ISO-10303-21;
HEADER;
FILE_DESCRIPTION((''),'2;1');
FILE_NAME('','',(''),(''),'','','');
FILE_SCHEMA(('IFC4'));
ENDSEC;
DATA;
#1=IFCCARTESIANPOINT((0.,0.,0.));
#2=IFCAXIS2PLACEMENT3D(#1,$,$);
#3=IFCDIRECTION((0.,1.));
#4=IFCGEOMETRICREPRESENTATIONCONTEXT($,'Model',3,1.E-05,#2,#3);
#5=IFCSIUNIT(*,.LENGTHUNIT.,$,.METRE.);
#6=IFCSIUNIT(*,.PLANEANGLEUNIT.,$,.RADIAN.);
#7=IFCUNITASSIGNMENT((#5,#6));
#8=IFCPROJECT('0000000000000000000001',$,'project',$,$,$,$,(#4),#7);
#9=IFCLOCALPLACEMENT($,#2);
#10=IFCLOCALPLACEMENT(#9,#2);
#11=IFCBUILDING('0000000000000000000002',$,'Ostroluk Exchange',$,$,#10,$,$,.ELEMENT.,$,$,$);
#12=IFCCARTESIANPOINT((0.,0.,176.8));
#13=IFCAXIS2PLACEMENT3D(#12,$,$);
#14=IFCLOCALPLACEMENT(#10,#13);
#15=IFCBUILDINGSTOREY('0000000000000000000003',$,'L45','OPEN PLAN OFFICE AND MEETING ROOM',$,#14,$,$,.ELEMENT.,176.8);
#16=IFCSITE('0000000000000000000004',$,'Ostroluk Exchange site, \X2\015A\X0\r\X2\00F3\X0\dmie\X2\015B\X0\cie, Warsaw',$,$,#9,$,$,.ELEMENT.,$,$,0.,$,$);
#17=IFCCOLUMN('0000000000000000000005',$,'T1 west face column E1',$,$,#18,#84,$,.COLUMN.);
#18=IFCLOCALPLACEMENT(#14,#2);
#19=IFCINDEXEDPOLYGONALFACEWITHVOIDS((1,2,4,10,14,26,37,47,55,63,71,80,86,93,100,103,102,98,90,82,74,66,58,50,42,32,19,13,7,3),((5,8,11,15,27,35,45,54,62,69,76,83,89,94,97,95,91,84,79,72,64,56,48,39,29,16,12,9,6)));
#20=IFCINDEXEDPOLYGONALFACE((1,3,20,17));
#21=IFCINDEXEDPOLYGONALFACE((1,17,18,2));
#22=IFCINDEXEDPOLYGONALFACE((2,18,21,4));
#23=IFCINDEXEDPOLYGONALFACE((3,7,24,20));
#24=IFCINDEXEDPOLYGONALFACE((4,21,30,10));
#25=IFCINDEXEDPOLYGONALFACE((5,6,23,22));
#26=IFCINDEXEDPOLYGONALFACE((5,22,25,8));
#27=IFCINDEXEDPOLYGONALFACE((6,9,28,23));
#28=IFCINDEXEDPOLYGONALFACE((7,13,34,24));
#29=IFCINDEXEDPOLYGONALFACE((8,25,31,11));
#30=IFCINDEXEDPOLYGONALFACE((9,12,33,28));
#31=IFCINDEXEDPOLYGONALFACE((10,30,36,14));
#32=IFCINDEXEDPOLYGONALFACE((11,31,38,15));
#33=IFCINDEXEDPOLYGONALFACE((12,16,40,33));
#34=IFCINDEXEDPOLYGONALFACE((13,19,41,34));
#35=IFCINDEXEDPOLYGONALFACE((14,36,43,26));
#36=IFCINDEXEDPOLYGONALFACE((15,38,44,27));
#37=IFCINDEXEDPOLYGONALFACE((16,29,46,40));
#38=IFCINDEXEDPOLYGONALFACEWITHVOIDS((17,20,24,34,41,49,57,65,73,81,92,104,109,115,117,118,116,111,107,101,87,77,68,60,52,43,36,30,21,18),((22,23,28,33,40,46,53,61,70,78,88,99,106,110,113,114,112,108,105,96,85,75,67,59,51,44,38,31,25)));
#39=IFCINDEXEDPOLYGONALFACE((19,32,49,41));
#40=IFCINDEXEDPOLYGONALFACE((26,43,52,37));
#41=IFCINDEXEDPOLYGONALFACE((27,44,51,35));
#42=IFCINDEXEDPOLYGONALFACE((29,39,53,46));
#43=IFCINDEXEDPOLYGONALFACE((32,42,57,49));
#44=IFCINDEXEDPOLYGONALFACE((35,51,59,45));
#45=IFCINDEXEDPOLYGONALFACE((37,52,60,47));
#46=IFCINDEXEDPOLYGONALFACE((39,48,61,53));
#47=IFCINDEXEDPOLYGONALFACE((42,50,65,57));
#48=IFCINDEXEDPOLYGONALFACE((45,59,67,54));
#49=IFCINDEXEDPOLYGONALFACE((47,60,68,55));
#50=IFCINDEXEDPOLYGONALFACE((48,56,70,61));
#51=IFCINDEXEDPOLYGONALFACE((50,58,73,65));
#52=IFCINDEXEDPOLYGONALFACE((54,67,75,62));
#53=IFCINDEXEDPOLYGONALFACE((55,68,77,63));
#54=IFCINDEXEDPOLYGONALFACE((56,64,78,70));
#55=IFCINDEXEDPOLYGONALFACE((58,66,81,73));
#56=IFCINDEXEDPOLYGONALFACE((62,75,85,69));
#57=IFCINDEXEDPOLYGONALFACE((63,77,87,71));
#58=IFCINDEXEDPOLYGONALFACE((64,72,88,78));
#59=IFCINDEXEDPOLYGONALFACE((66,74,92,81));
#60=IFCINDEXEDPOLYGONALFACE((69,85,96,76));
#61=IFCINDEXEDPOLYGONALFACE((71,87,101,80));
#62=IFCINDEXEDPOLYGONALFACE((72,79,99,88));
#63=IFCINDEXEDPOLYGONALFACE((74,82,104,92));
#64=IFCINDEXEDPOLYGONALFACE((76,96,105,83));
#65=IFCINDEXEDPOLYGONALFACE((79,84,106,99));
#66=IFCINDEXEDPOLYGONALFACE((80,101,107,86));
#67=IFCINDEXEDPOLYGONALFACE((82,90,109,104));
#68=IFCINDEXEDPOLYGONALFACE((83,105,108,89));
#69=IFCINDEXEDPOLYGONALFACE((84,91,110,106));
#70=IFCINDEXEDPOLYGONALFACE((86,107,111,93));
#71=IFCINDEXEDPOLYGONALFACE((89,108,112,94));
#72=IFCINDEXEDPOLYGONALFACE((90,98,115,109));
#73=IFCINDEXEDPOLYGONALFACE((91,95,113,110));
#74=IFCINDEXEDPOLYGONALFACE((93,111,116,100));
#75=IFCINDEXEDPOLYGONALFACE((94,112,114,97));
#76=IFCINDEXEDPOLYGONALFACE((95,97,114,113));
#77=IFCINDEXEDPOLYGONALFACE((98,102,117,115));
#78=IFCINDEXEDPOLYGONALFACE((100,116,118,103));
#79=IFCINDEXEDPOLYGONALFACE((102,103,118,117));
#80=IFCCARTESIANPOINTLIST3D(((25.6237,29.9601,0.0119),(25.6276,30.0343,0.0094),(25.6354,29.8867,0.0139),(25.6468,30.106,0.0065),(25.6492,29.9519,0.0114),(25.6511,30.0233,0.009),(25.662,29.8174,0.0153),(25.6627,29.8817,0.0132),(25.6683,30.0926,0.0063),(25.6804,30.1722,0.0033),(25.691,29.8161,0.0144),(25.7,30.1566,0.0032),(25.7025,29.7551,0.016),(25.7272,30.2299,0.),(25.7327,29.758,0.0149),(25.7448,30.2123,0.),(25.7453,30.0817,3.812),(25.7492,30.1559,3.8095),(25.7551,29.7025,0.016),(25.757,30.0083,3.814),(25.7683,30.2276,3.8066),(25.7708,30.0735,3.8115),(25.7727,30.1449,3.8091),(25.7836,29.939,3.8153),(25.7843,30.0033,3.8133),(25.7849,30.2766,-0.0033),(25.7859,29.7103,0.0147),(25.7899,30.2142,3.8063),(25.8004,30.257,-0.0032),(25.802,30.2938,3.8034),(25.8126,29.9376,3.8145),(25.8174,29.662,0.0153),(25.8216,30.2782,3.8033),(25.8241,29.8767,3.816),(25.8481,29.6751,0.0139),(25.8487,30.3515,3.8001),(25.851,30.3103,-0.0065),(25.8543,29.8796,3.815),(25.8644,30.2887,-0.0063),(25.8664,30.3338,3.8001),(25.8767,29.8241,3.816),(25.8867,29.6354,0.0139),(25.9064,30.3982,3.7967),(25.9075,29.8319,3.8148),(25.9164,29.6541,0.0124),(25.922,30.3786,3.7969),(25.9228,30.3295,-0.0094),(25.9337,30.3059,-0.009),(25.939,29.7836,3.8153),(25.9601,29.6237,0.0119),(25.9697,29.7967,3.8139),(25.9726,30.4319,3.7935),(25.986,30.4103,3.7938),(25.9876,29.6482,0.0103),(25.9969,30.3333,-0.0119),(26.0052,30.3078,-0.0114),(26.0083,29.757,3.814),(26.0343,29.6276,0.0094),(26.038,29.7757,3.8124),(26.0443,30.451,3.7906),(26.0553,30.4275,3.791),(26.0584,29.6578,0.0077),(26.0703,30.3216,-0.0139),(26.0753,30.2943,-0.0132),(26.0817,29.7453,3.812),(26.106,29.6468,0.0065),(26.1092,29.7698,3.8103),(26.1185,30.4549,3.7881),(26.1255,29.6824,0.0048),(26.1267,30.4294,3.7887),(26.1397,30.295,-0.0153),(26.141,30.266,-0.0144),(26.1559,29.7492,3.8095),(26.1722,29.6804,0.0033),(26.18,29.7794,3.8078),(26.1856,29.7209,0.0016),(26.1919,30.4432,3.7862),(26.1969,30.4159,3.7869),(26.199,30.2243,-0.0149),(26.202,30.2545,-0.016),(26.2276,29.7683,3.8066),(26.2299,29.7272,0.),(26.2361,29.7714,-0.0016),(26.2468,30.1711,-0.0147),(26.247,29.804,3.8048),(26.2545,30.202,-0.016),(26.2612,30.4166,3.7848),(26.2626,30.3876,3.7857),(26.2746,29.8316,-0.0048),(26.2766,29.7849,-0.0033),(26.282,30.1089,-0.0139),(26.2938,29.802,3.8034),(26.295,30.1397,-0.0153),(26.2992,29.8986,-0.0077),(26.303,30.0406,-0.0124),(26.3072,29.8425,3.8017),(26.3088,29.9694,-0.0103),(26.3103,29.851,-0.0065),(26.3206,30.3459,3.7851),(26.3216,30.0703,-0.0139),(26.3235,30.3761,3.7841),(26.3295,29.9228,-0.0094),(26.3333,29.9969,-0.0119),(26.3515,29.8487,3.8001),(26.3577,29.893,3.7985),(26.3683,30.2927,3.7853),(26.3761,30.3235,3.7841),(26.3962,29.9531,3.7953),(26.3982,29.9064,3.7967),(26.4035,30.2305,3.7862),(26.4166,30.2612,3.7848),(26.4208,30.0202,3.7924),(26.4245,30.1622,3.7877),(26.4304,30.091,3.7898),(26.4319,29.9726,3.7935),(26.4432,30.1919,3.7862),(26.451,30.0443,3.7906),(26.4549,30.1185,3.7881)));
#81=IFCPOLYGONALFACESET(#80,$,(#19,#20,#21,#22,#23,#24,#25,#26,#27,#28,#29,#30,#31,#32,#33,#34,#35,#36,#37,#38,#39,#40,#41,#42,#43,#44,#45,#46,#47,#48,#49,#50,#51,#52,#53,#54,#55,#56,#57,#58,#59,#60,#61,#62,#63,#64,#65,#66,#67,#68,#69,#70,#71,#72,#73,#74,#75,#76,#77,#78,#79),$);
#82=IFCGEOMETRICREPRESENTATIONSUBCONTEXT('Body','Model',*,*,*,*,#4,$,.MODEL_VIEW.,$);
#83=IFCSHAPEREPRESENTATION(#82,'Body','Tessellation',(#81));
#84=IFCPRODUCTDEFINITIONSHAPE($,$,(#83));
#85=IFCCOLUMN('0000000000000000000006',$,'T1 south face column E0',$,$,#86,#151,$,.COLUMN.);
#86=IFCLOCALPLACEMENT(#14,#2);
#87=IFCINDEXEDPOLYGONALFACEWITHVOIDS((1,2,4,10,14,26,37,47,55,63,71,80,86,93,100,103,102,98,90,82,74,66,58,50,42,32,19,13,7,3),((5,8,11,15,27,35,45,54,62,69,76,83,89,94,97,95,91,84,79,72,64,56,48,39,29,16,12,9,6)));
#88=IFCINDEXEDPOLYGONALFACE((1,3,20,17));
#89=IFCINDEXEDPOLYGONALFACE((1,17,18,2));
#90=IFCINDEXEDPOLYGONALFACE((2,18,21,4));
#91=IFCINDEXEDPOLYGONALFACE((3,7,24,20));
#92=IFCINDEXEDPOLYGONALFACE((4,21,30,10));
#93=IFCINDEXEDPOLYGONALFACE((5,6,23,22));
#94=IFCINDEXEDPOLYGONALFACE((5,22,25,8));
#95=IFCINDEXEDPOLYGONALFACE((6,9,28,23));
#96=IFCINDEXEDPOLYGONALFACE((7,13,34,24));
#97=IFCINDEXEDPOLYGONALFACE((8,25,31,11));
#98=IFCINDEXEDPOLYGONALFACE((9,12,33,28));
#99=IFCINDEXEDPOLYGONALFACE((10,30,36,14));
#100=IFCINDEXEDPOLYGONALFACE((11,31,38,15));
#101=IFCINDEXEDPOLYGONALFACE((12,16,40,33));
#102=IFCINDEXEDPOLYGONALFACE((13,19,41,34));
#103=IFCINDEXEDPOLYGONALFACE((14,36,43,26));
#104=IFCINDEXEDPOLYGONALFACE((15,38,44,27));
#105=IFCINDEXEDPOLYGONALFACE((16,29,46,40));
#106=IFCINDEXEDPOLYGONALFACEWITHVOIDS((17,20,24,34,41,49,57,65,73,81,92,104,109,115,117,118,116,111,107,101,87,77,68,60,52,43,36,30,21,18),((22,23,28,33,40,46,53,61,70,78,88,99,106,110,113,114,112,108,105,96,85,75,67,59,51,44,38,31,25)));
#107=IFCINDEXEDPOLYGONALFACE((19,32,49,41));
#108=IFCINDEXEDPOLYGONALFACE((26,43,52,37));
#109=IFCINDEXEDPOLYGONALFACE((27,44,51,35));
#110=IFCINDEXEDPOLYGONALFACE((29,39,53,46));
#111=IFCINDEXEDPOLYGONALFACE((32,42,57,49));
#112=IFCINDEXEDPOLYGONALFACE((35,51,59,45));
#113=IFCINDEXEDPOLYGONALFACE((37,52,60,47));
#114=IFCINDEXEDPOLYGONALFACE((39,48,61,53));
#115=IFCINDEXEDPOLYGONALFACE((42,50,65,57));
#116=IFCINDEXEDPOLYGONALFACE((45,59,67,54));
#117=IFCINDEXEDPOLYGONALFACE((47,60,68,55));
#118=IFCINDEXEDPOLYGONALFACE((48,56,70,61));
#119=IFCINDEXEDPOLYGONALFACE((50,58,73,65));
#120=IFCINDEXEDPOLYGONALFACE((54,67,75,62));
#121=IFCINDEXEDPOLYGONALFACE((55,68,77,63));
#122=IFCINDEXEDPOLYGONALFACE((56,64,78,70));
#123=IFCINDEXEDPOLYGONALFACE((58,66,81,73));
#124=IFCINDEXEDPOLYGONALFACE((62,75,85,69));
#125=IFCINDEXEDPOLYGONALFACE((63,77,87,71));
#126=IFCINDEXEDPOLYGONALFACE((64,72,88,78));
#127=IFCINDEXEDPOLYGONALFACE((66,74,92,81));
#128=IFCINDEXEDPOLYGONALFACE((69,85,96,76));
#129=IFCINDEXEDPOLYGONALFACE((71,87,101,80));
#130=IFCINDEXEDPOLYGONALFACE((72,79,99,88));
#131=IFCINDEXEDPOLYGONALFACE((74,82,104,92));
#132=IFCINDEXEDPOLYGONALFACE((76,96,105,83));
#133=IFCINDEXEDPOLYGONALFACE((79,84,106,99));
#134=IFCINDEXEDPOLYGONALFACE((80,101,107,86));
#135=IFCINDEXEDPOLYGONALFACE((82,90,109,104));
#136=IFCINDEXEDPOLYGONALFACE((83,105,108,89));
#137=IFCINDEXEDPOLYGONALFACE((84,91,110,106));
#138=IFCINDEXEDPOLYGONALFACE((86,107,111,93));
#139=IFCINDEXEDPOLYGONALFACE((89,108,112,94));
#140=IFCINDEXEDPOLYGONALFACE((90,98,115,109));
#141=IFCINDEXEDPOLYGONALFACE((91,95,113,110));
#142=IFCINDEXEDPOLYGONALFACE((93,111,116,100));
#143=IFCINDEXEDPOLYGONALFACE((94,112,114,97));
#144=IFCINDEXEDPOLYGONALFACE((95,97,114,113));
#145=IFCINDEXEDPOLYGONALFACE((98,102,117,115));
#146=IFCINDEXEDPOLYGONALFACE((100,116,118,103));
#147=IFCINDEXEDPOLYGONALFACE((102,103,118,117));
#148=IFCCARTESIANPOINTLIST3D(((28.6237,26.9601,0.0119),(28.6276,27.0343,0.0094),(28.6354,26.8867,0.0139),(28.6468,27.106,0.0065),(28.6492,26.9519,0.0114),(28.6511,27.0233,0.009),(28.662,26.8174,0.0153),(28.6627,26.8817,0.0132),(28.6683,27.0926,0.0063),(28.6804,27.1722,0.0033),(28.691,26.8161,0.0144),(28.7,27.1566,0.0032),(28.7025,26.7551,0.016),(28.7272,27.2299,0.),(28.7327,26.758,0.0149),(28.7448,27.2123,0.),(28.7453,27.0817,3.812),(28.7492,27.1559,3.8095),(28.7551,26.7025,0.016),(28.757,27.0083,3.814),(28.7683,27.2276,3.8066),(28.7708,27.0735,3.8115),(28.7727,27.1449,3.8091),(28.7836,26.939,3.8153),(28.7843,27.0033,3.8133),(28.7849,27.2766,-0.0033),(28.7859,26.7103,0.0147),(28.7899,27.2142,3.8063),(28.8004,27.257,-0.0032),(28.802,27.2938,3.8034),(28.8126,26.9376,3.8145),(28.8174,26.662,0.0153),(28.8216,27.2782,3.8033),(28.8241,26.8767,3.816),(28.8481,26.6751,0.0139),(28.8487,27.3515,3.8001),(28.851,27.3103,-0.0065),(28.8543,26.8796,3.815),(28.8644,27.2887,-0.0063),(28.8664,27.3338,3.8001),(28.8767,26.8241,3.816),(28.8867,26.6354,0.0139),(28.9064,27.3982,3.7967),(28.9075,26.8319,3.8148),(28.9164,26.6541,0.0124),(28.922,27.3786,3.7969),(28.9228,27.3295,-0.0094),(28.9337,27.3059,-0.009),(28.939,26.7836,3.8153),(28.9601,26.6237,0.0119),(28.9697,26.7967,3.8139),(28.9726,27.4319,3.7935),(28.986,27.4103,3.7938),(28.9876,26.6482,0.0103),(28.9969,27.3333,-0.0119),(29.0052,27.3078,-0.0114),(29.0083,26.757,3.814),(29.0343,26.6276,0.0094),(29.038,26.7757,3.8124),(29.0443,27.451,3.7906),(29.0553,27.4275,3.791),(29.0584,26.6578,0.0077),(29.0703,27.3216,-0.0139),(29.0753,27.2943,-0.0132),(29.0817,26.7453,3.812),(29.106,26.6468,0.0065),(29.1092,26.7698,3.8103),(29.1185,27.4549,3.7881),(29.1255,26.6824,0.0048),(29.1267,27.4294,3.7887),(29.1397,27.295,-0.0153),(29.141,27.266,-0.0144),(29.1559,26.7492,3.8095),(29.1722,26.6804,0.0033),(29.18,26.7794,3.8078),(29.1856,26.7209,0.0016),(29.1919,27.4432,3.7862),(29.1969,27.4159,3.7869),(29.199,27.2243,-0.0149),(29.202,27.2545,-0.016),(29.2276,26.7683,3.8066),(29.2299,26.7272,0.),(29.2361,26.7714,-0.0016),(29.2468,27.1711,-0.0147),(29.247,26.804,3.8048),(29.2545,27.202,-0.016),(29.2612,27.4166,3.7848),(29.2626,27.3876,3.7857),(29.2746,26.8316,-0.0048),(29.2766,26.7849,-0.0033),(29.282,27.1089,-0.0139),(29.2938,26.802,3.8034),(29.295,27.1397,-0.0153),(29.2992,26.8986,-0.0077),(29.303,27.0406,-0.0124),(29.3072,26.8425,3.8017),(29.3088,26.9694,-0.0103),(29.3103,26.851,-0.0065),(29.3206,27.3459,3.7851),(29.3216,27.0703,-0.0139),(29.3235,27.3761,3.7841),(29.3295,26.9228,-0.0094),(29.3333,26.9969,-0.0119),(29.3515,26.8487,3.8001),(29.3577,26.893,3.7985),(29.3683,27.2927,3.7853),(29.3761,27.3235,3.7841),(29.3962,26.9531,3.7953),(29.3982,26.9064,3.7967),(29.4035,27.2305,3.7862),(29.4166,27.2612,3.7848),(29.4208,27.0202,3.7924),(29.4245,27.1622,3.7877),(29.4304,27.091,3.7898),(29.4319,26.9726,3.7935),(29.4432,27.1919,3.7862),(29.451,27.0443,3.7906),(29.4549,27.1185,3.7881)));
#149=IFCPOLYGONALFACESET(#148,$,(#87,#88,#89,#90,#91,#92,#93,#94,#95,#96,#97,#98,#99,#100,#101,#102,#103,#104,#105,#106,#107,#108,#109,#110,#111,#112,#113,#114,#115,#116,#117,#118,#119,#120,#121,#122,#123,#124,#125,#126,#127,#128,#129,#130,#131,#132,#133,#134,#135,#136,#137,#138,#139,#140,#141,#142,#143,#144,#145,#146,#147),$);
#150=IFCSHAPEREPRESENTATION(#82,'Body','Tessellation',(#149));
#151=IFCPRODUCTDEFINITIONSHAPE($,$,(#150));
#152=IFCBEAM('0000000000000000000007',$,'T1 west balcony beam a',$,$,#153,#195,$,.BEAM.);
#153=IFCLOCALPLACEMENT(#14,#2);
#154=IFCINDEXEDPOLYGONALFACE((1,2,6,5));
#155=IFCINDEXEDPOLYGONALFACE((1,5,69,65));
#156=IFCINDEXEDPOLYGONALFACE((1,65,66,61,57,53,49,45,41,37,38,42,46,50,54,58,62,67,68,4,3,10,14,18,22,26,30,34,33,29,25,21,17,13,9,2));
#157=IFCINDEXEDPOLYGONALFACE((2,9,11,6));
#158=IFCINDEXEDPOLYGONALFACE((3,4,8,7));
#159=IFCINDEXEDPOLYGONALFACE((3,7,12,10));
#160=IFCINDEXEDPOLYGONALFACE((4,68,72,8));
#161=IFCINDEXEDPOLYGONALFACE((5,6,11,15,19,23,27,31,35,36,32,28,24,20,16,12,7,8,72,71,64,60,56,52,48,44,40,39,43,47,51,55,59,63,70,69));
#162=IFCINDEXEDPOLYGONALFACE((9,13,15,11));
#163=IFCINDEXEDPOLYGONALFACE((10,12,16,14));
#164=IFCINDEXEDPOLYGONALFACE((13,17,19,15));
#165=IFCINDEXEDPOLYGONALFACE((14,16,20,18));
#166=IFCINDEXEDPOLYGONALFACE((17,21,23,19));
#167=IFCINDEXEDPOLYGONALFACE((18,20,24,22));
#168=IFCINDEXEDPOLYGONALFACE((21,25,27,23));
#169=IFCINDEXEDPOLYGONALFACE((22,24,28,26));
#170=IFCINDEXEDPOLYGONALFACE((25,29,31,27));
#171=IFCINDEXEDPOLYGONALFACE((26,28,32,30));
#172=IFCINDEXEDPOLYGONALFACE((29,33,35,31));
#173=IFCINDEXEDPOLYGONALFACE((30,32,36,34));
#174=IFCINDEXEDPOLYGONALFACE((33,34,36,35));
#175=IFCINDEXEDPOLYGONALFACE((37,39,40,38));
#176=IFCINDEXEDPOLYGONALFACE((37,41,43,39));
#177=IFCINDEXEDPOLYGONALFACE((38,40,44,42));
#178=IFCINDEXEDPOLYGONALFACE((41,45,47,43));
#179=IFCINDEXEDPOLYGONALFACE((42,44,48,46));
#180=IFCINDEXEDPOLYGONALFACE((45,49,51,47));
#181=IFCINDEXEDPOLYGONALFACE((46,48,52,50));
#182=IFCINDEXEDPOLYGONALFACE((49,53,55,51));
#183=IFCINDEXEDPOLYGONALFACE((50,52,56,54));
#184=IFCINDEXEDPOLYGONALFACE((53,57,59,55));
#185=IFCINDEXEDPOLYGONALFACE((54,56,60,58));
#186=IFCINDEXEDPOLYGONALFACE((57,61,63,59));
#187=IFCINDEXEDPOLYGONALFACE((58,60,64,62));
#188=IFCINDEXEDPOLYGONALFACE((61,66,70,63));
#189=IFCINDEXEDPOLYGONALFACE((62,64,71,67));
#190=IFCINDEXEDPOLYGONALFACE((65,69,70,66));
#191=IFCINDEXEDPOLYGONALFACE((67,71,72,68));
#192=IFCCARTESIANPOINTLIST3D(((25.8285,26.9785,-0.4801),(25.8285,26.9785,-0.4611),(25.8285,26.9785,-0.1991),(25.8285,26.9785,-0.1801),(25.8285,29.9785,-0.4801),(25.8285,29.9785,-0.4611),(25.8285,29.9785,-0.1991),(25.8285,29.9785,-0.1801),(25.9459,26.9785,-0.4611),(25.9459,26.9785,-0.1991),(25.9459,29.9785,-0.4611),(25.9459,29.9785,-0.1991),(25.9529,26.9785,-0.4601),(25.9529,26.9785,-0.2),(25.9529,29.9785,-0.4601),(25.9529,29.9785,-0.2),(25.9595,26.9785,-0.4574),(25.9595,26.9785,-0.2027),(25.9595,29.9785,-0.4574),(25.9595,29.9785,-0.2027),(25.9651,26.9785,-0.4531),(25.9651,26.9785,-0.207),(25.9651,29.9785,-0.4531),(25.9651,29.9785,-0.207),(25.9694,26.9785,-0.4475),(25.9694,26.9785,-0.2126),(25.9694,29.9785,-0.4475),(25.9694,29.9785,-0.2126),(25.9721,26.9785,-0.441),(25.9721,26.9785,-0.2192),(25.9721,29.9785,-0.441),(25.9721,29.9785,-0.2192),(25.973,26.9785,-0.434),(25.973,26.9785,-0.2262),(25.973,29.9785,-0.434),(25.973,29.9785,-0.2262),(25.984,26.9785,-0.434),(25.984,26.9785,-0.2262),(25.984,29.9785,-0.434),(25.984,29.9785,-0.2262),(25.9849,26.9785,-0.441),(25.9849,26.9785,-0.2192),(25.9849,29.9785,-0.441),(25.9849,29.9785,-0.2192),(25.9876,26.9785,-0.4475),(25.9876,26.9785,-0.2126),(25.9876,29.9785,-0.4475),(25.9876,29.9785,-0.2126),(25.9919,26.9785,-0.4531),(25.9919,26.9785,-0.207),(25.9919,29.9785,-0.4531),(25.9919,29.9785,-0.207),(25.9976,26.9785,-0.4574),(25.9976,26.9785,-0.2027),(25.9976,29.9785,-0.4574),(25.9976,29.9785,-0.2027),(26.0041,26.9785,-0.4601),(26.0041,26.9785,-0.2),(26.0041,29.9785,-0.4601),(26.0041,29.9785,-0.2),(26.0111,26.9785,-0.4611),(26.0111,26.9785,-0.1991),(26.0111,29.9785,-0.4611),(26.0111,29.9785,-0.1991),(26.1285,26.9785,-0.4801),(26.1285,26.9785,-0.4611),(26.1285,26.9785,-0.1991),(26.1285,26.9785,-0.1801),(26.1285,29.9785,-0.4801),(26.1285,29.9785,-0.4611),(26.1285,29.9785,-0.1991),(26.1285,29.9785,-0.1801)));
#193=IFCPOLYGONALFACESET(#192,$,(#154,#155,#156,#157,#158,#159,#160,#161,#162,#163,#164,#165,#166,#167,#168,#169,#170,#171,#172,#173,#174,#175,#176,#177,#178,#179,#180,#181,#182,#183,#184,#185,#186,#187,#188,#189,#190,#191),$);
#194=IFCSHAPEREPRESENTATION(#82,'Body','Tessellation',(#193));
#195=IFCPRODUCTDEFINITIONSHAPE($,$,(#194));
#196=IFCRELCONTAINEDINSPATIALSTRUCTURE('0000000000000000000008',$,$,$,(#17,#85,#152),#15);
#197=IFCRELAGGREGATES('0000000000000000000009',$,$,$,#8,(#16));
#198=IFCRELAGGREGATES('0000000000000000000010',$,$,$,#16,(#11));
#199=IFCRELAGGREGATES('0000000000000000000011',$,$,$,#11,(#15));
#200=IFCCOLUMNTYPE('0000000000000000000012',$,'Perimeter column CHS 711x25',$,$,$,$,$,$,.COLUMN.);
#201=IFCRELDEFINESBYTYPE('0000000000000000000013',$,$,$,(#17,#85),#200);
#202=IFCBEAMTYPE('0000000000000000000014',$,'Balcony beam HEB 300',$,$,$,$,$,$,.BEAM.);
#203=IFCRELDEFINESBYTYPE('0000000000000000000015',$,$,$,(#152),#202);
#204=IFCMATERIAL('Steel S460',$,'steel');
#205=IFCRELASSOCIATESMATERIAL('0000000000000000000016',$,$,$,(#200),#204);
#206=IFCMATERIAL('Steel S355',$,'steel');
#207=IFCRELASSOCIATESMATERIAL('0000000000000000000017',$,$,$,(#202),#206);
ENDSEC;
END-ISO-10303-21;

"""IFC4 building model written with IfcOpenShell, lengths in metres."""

from ifc_helpers import new_model, si_unit, direction, frame, origin, origin_2d, place, context, subcontext, project, spatial, hollow_circle, i_section, extrude, material, material_profile, profile_set, type_object, element, save


model = new_model("IFC4")

# Units and contexts
model_context = context("Model", 3, precision=1e-05, world=origin(), true_north=direction((0.0, 1.0)))
body_context = subcontext(model_context, "Body", "Model", "MODEL_VIEW")
ifc_project = project(units=[si_unit("LENGTHUNIT", "METRE"), si_unit("PLANEANGLEUNIT", "RADIAN")], contexts=[model_context])

# Site, building, storey
site_placement = place(None, origin())
site = spatial("IfcSite", under=ifc_project, at=site_placement, Name="Ostroluk Exchange site, Śródmieście, Warsaw", CompositionType="ELEMENT", RefElevation=0.0)
building_placement = place(site_placement, origin())
building = spatial("IfcBuilding", under=site, at=building_placement, Name="Ostroluk Exchange", CompositionType="ELEMENT")
storey_placement = place(building_placement, frame((0.0, 0.0, 176.8)))
storey = spatial("IfcBuildingStorey", under=building, at=storey_placement, Name="L45", Description="OPEN PLAN OFFICE AND MEETING ROOM", CompositionType="ELEMENT", Elevation=176.8)

# Columns
ifc_material_1 = material(Name="Steel S460", Category="steel")
ifc_material_profile_1 = material_profile(ifc_material_1, hollow_circle(Radius=0.3555, WallThickness=0.0249, at=origin_2d()), Name="CHS 711x25")
ifc_profile_set_1 = profile_set([ifc_material_profile_1], Name="Steel S460")
column_type = type_object("IfcColumnType", Name="Perimeter column CHS 711x25", PredefinedType="COLUMN", material=ifc_profile_set_1)
for number, where, z_axis, x_axis, name in (
    (1, (25.9785, 29.9785, 0.0), (0.031962, 0.031962, 0.998978), (-0.707107, 0.707107, 0.0), "T1 west face column E1"),
    (2, (28.9785, 26.9785, 0.0), (0.031962, 0.031962, 0.998978), (-0.707107, 0.707107, 0.0), "T1 south face column E0"),
):
    element("IfcColumn", number, at=place(storey_placement, frame(where, z_axis=z_axis, x_axis=x_axis)), inside=storey, type_object=column_type, Name=name, PredefinedType="COLUMN", context=body_context, shape_type="SweptSolid", body=[
        extrude(hollow_circle(Radius=0.3555, WallThickness=0.0249, at=origin_2d()), origin(), (0.0, 0.0, 1.0), 3.804),
    ])

# Beam
ifc_material_2 = material(Name="Steel S355", Category="steel")
ifc_material_profile_2 = material_profile(ifc_material_2, i_section(OverallWidth=0.3, OverallDepth=0.3, WebThickness=0.011, FlangeThickness=0.019, FilletRadius=0.0271, at=origin_2d()), Name="HEB 300")
ifc_profile_set_2 = profile_set([ifc_material_profile_2], Name="Steel S355")
beam_type = type_object("IfcBeamType", Name="Balcony beam HEB 300", PredefinedType="BEAM", material=ifc_profile_set_2)
for number, where, z_axis, x_axis, name in (
    (3, (25.9785, 29.9785, -0.3301), (0.0, -1.0, 0.0), (1.0, 0.0, 0.0), "T1 west balcony beam a"),
):
    element("IfcBeam", number, at=place(storey_placement, frame(where, z_axis=z_axis, x_axis=x_axis)), inside=storey, type_object=beam_type, Name=name, PredefinedType="BEAM", context=body_context, shape_type="SweptSolid", body=[
        extrude(i_section(OverallWidth=0.3, OverallDepth=0.3, WebThickness=0.011, FlangeThickness=0.019, FilletRadius=0.0271, at=origin_2d()), origin(), (0.0, 0.0, 1.0), 3.0),
    ])

save(model, "model.ifc")
